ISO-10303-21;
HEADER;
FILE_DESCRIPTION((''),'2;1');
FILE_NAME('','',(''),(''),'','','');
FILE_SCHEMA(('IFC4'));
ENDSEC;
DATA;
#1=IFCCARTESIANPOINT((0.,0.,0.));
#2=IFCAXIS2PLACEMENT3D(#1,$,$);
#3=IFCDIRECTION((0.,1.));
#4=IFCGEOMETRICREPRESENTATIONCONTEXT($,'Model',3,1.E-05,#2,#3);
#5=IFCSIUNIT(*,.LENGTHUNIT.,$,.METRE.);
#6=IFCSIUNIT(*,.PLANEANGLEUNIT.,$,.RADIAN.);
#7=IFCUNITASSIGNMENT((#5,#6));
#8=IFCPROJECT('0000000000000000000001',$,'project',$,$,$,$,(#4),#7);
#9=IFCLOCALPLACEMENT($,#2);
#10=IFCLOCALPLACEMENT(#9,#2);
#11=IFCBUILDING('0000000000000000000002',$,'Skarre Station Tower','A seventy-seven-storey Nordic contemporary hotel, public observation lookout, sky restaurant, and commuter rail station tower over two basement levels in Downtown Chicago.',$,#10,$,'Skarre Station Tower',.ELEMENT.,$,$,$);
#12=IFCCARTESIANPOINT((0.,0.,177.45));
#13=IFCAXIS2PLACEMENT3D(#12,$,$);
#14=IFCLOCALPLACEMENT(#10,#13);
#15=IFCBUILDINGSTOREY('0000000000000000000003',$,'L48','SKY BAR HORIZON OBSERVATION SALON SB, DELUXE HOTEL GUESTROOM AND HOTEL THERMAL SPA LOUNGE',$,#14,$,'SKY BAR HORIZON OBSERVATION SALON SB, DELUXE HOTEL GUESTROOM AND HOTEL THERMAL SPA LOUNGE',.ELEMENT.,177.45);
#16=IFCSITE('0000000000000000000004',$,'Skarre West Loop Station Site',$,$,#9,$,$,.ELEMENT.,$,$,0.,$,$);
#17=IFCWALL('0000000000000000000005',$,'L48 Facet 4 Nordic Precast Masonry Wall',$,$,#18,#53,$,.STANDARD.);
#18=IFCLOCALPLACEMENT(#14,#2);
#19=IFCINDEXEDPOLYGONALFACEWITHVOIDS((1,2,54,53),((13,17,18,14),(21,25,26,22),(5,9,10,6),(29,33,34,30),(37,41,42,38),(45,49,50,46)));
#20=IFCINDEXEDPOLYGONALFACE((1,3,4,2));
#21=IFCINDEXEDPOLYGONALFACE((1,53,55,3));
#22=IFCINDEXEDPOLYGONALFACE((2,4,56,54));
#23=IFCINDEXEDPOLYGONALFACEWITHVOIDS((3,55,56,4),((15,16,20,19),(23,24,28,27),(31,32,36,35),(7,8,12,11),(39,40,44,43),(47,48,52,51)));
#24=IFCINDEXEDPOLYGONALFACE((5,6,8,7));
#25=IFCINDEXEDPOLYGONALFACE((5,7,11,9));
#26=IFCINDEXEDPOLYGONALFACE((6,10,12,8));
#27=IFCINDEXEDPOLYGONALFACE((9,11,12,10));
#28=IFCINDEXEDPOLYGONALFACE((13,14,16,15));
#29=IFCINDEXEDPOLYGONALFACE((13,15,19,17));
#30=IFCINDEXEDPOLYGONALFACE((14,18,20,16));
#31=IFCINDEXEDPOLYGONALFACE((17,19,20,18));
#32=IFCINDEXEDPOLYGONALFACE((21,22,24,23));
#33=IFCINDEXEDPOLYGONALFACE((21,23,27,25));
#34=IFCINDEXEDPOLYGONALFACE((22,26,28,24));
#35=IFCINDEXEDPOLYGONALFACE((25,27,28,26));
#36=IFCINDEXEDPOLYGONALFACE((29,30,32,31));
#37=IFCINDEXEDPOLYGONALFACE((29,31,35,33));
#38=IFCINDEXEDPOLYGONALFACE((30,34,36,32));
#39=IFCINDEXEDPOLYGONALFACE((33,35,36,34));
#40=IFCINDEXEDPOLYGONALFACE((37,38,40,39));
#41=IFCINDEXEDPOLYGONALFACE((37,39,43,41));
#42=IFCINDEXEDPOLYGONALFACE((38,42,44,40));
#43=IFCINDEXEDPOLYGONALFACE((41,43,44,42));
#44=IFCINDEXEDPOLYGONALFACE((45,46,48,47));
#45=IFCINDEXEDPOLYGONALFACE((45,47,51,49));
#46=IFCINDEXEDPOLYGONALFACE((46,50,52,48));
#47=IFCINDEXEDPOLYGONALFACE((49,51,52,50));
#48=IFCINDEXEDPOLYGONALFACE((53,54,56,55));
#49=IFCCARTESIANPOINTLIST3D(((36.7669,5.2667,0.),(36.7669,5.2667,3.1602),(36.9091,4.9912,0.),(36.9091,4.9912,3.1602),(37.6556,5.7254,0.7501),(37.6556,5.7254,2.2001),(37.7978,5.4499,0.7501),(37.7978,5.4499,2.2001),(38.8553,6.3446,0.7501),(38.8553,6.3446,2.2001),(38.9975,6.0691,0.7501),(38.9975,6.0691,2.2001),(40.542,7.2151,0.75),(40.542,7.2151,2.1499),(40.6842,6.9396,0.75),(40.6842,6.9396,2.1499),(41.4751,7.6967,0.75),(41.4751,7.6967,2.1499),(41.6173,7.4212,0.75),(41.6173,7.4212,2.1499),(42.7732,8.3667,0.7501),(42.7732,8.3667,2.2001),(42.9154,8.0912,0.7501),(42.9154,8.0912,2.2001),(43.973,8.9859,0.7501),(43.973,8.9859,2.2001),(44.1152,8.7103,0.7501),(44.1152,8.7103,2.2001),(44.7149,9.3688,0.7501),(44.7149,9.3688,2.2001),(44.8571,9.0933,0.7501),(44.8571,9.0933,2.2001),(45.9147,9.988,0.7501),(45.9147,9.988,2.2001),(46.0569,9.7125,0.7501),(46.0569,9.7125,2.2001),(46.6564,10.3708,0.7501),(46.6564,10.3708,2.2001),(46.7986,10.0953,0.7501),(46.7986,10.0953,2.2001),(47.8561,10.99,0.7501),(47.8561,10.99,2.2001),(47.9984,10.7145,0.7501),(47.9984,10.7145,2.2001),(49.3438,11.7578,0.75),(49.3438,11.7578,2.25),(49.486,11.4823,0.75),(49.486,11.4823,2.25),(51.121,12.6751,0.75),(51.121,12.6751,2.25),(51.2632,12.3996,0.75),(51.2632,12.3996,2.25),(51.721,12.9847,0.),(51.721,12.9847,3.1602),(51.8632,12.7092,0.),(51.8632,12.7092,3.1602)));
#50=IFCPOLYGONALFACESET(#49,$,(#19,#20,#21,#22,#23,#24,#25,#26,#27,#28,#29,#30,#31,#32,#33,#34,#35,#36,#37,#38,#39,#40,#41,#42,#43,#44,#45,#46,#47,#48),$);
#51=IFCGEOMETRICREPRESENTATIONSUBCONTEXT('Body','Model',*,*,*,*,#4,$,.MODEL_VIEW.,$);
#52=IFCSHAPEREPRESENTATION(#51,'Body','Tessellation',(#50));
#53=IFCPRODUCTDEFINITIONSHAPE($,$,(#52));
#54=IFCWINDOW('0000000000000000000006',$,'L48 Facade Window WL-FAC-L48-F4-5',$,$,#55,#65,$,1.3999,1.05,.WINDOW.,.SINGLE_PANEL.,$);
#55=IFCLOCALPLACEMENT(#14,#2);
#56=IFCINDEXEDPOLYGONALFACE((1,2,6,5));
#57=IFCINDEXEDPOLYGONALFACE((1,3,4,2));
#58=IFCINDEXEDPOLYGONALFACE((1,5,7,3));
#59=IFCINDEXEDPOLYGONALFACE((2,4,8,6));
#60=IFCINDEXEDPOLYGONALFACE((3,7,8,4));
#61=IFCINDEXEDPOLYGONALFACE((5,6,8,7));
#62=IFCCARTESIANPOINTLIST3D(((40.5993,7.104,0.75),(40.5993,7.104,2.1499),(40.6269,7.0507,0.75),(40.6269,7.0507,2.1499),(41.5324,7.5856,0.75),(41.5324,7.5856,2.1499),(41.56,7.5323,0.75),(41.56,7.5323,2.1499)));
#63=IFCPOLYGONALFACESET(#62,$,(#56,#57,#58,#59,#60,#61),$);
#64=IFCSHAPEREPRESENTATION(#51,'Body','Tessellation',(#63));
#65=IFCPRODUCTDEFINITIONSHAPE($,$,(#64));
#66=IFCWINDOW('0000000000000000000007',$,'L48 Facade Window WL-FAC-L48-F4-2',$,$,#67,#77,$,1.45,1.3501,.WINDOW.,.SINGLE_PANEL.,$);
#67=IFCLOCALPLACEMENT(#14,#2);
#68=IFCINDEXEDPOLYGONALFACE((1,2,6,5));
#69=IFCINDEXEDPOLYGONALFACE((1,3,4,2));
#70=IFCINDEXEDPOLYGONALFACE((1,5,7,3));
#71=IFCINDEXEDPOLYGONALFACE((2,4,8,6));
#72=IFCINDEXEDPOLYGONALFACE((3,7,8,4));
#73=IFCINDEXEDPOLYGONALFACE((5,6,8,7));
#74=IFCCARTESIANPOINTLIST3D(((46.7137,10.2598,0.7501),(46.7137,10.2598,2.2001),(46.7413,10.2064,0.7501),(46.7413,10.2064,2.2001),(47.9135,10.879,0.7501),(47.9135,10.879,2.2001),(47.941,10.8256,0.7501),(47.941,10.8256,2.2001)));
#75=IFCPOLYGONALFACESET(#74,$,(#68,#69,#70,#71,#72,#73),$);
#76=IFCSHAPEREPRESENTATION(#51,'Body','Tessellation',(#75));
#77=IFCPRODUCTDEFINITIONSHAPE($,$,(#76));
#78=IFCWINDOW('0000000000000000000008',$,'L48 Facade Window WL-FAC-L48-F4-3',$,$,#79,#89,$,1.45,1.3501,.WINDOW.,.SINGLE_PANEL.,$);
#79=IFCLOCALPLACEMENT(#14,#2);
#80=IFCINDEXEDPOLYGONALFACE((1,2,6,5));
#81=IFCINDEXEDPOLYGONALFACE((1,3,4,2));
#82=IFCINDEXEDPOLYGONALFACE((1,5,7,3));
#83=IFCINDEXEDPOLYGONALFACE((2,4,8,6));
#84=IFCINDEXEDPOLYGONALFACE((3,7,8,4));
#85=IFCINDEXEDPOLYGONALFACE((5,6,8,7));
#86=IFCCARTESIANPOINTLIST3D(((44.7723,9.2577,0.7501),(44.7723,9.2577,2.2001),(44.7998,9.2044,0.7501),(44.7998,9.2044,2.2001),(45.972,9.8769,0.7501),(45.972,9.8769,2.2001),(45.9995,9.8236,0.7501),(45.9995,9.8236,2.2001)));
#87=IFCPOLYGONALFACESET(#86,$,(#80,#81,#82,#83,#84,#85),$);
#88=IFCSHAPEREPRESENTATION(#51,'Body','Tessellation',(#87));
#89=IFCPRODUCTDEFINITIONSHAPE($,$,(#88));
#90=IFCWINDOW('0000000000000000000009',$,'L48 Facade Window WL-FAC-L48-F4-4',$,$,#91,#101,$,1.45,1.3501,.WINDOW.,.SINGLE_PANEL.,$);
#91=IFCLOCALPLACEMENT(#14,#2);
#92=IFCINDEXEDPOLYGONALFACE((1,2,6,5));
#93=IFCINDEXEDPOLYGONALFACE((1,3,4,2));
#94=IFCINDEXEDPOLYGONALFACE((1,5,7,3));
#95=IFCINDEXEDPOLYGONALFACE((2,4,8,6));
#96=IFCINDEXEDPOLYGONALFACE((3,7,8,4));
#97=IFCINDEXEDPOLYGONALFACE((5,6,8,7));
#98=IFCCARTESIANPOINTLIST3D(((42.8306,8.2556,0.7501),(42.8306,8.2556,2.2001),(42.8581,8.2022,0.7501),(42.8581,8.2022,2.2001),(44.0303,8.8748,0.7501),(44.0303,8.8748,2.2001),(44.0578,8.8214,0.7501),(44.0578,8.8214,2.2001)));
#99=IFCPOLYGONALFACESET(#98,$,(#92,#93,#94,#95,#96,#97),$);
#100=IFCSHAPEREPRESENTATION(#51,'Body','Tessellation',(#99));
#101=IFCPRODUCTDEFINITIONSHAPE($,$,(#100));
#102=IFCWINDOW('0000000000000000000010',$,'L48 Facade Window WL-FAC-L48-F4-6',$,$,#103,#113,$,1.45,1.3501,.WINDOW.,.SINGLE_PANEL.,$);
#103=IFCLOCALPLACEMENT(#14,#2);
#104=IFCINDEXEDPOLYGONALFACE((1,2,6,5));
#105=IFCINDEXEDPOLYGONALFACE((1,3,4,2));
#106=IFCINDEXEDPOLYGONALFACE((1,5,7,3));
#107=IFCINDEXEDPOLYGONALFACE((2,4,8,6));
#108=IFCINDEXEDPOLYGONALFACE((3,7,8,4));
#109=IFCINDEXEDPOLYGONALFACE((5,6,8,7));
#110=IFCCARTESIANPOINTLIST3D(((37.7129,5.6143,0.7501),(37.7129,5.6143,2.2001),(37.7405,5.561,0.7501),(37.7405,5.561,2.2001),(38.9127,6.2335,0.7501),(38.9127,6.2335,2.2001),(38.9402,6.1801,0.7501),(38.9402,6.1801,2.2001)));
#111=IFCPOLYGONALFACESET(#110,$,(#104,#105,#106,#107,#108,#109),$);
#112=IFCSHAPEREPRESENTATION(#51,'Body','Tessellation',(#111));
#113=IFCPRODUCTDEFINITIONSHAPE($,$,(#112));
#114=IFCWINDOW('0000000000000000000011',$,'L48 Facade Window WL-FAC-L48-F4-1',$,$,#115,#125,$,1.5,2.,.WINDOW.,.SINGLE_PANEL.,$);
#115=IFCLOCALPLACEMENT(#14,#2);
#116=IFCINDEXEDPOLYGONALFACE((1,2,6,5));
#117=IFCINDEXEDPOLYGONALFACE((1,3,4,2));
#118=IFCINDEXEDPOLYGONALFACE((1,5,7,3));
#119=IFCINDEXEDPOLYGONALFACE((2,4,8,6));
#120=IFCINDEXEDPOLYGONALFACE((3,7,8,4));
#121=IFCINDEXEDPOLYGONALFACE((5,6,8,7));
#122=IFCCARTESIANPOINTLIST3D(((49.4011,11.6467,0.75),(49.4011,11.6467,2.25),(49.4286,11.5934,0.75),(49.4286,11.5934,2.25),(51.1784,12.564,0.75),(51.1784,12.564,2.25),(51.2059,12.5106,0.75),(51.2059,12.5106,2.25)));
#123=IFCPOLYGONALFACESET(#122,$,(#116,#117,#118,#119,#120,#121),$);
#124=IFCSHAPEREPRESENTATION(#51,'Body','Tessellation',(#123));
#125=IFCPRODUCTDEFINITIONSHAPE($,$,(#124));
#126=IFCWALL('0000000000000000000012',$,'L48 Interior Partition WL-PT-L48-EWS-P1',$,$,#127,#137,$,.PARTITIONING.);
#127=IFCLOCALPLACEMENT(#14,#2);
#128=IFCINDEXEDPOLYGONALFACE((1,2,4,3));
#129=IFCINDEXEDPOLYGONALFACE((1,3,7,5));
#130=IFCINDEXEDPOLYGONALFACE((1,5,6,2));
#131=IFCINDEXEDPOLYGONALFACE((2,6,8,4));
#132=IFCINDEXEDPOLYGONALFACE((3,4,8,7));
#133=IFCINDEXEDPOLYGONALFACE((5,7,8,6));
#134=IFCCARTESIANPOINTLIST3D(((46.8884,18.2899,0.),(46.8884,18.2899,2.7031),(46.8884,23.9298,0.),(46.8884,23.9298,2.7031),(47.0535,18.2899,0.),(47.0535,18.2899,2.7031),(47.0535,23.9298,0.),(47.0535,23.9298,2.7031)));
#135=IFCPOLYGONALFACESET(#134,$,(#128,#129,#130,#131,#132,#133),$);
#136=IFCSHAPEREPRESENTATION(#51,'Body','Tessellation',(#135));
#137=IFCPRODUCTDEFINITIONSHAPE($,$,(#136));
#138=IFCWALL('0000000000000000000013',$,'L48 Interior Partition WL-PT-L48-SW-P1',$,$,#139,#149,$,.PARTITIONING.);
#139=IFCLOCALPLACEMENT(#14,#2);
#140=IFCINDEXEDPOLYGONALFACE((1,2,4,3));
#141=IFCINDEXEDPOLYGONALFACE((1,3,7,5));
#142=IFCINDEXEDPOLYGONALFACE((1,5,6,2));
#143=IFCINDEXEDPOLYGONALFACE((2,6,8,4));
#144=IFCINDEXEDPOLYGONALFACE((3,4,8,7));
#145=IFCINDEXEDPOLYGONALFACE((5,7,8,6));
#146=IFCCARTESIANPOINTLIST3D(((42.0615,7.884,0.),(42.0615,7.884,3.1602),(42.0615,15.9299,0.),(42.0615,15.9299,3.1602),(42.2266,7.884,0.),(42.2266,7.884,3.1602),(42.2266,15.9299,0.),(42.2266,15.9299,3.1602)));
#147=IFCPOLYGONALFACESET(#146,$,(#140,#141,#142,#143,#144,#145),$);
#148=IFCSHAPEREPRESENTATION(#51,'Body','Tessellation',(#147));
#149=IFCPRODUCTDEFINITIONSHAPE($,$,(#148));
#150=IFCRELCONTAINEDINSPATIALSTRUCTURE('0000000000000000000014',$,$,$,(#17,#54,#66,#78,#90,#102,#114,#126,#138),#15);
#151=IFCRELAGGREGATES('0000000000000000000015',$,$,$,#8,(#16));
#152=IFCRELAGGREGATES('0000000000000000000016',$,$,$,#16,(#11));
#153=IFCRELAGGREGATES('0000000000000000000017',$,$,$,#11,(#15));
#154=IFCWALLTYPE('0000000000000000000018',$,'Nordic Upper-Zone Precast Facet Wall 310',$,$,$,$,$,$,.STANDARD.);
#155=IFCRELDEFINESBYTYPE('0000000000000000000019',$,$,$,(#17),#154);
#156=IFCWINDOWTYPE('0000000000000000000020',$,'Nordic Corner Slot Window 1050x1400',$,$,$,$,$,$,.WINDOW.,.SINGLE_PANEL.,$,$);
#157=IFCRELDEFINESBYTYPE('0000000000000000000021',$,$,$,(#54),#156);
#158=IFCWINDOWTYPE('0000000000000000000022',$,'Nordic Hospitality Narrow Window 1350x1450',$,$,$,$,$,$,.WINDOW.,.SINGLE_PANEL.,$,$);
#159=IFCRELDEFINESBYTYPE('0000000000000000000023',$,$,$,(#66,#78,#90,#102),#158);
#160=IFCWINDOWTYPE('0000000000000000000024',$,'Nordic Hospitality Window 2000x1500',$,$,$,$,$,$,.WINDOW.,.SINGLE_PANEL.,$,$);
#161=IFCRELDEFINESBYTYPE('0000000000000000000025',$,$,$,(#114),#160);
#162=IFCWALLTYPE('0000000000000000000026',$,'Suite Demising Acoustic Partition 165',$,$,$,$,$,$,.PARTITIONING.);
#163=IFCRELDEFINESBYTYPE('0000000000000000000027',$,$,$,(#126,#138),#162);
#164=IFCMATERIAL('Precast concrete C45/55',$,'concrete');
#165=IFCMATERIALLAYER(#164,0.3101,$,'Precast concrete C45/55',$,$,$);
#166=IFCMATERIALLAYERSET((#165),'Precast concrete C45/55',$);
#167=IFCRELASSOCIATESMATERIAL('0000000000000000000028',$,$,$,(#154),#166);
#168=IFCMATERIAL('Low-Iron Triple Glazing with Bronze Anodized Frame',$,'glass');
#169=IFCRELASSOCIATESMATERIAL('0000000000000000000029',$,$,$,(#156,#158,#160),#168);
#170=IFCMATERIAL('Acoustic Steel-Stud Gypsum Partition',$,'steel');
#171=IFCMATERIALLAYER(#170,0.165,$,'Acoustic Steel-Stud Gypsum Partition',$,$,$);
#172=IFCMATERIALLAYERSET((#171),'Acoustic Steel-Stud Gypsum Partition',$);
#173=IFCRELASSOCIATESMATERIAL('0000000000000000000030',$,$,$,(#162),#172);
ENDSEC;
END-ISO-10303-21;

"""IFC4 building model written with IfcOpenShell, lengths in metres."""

from ifc_helpers import new_model, si_unit, direction, frame, frame_2d, origin, place, context, subcontext, project, spatial, rectangle, extrude, material, layer, layer_set, type_object, element, fill, save


model = new_model("IFC4")

# Units and contexts
model_context = context("Model", 3, precision=1e-05, world=origin(), true_north=direction((0.0, 1.0)))
body_context = subcontext(model_context, "Body", "Model", "MODEL_VIEW")
ifc_project = project(units=[si_unit("LENGTHUNIT", "METRE"), si_unit("PLANEANGLEUNIT", "RADIAN")], contexts=[model_context])

# Site, building, storey
site_placement = place(None, origin())
site = spatial("IfcSite", under=ifc_project, at=site_placement, Name="Skarre West Loop Station Site", CompositionType="ELEMENT", RefElevation=0.0)
building_placement = place(site_placement, origin())
building = spatial("IfcBuilding", under=site, at=building_placement, Name="Skarre Station Tower", Description="A seventy-seven-storey Nordic contemporary hotel, public observation lookout, sky restaurant, and commuter rail station tower over two basement levels in Downtown Chicago.", LongName="Skarre Station Tower", CompositionType="ELEMENT")
storey_placement = place(building_placement, frame((0.0, 0.0, 177.45)))
storey = spatial("IfcBuildingStorey", under=building, at=storey_placement, Name="L48", Description="SKY BAR HORIZON OBSERVATION SALON SB, DELUXE HOTEL GUESTROOM AND HOTEL THERMAL SPA LOUNGE", LongName="SKY BAR HORIZON OBSERVATION SALON SB, DELUXE HOTEL GUESTROOM AND HOTEL THERMAL SPA LOUNGE", CompositionType="ELEMENT", Elevation=177.45)

# Shared definitions
ifc_material_1 = material(Name="Acoustic Steel-Stud Gypsum Partition", Category="steel")

# Shared definitions
ifc_material_2 = material(Name="Precast concrete C45/55", Category="concrete")

# Wall, openings, windows
ifc_layer_1 = layer(ifc_material_2, 0.3101, Name="Precast concrete C45/55")
ifc_layer_set_1 = layer_set([ifc_layer_1], Name="Precast concrete C45/55")
wall_type_1 = type_object("IfcWallType", Name="Nordic Upper-Zone Precast Facet Wall 310", PredefinedType="STANDARD", material=ifc_layer_set_1)
wall_1_placement = place(storey_placement, frame((51.792, 12.8469, 0.0), z_axis=(0.0, 0.0, 1.0), x_axis=(-0.888626, -0.458632, 0.0)))
wall_1 = element("IfcWall", 1, at=wall_1_placement, inside=storey, type_object=wall_type_1, Name="L48 Facet 4 Nordic Precast Masonry Wall", PredefinedType="STANDARD", context=body_context, shape_type="SweptSolid", body=[
    extrude(rectangle(XDim=16.8284, YDim=0.3101, at=frame_2d((8.4141, 0.0))), origin(), (0.0, 0.0, 1.0), 3.1602),
])
opening_1_placement = place(wall_1_placement, frame((0.675, 0.0, 0.75)))
opening_1 = element("IfcOpeningElement", 2, at=opening_1_placement, cuts=wall_1, PredefinedType="OPENING", context=body_context, shape_type="SweptSolid", body=[
    extrude(rectangle(XDim=2.0, YDim=1.5, at=frame_2d((1.0, 0.75))), frame((0.0, 0.165, 0.0), z_axis=(0.0, -1.0, 0.0), x_axis=(1.0, 0.0, 0.0)), (0.0, 0.0, 1.0), 0.3301),
])
opening_2_placement = place(wall_1_placement, frame((4.3491, 0.0, 0.75)))
opening_2 = element("IfcOpeningElement", 3, at=opening_2_placement, cuts=wall_1, PredefinedType="OPENING", context=body_context, shape_type="SweptSolid", body=[
    extrude(rectangle(XDim=1.3501, YDim=1.45, at=frame_2d((0.675, 0.7251))), frame((0.0, 0.165, 0.0), z_axis=(0.0, -1.0, 0.0), x_axis=(1.0, 0.0, 0.0)), (0.0, 0.0, 1.0), 0.3301),
])
opening_3_placement = place(wall_1_placement, frame((6.5339, 0.0, 0.75)))
opening_3 = element("IfcOpeningElement", 4, at=opening_3_placement, cuts=wall_1, PredefinedType="OPENING", context=body_context, shape_type="SweptSolid", body=[
    extrude(rectangle(XDim=1.3501, YDim=1.45, at=frame_2d((0.675, 0.7251))), frame((0.0, 0.165, 0.0), z_axis=(0.0, -1.0, 0.0), x_axis=(1.0, 0.0, 0.0)), (0.0, 0.0, 1.0), 0.3301),
])
opening_4_placement = place(wall_1_placement, frame((8.719, 0.0, 0.75)))
opening_4 = element("IfcOpeningElement", 5, at=opening_4_placement, cuts=wall_1, PredefinedType="OPENING", context=body_context, shape_type="SweptSolid", body=[
    extrude(rectangle(XDim=1.3501, YDim=1.45, at=frame_2d((0.675, 0.7251))), frame((0.0, 0.165, 0.0), z_axis=(0.0, -1.0, 0.0), x_axis=(1.0, 0.0, 0.0)), (0.0, 0.0, 1.0), 0.3301),
])
opening_5_placement = place(wall_1_placement, frame((11.53, 0.0, 0.75)))
opening_5 = element("IfcOpeningElement", 6, at=opening_5_placement, cuts=wall_1, PredefinedType="OPENING", context=body_context, shape_type="SweptSolid", body=[
    extrude(rectangle(XDim=1.05, YDim=1.3999, at=frame_2d((0.5249, 0.7))), frame((0.0, 0.165, 0.0), z_axis=(0.0, -1.0, 0.0), x_axis=(1.0, 0.0, 0.0)), (0.0, 0.0, 1.0), 0.3301),
])
opening_6_placement = place(wall_1_placement, frame((14.478, 0.0, 0.75)))
opening_6 = element("IfcOpeningElement", 7, at=opening_6_placement, cuts=wall_1, PredefinedType="OPENING", context=body_context, shape_type="SweptSolid", body=[
    extrude(rectangle(XDim=1.3501, YDim=1.45, at=frame_2d((0.675, 0.7251))), frame((0.0, 0.165, 0.0), z_axis=(0.0, -1.0, 0.0), x_axis=(1.0, 0.0, 0.0)), (0.0, 0.0, 1.0), 0.3301),
])
ifc_material_3 = material(Name="Low-Iron Triple Glazing with Bronze Anodized Frame", Category="glass")
window_type_1 = type_object("IfcWindowType", Name="Nordic Corner Slot Window 1050x1400", PartitioningType="SINGLE_PANEL", PredefinedType="WINDOW", material=ifc_material_3)
window_1_placement = place(opening_5_placement, origin())
window_1 = element("IfcWindow", 8, at=window_1_placement, inside=storey, type_object=window_type_1, Name="L48 Facade Window WL-FAC-L48-F4-5", OverallHeight=1.3999, OverallWidth=1.05, PartitioningType="SINGLE_PANEL", PredefinedType="WINDOW", context=body_context, shape_type="SweptSolid", body=[
    extrude(rectangle(XDim=1.05, YDim=1.3999, at=frame_2d((0.5249, 0.7))), frame((0.0, 0.03, 0.0), z_axis=(0.0, -1.0, 0.0), x_axis=(1.0, 0.0, 0.0)), (0.0, 0.0, 1.0), 0.0601),
])
fill(opening_5, window_1)
window_type_2 = type_object("IfcWindowType", Name="Nordic Hospitality Narrow Window 1350x1450", PartitioningType="SINGLE_PANEL", PredefinedType="WINDOW", material=ifc_material_3)
window_2_placement = place(opening_2_placement, origin())
window_2 = element("IfcWindow", 9, at=window_2_placement, inside=storey, type_object=window_type_2, Name="L48 Facade Window WL-FAC-L48-F4-2", OverallHeight=1.45, OverallWidth=1.3501, PartitioningType="SINGLE_PANEL", PredefinedType="WINDOW", context=body_context, shape_type="SweptSolid", body=[
    extrude(rectangle(XDim=1.3501, YDim=1.45, at=frame_2d((0.675, 0.7251))), frame((0.0, 0.03, 0.0), z_axis=(0.0, -1.0, 0.0), x_axis=(1.0, 0.0, 0.0)), (0.0, 0.0, 1.0), 0.0601),
])
fill(opening_2, window_2)
window_3_placement = place(opening_3_placement, origin())
window_3 = element("IfcWindow", 10, at=window_3_placement, inside=storey, type_object=window_type_2, Name="L48 Facade Window WL-FAC-L48-F4-3", OverallHeight=1.45, OverallWidth=1.3501, PartitioningType="SINGLE_PANEL", PredefinedType="WINDOW", context=body_context, shape_type="SweptSolid", body=[
    extrude(rectangle(XDim=1.3501, YDim=1.45, at=frame_2d((0.675, 0.7251))), frame((0.0, 0.03, 0.0), z_axis=(0.0, -1.0, 0.0), x_axis=(1.0, 0.0, 0.0)), (0.0, 0.0, 1.0), 0.0601),
])
fill(opening_3, window_3)
window_4_placement = place(opening_4_placement, origin())
window_4 = element("IfcWindow", 11, at=window_4_placement, inside=storey, type_object=window_type_2, Name="L48 Facade Window WL-FAC-L48-F4-4", OverallHeight=1.45, OverallWidth=1.3501, PartitioningType="SINGLE_PANEL", PredefinedType="WINDOW", context=body_context, shape_type="SweptSolid", body=[
    extrude(rectangle(XDim=1.3501, YDim=1.45, at=frame_2d((0.675, 0.7251))), frame((0.0, 0.03, 0.0), z_axis=(0.0, -1.0, 0.0), x_axis=(1.0, 0.0, 0.0)), (0.0, 0.0, 1.0), 0.0601),
])
fill(opening_4, window_4)
window_5_placement = place(opening_6_placement, origin())
window_5 = element("IfcWindow", 12, at=window_5_placement, inside=storey, type_object=window_type_2, Name="L48 Facade Window WL-FAC-L48-F4-6", OverallHeight=1.45, OverallWidth=1.3501, PartitioningType="SINGLE_PANEL", PredefinedType="WINDOW", context=body_context, shape_type="SweptSolid", body=[
    extrude(rectangle(XDim=1.3501, YDim=1.45, at=frame_2d((0.675, 0.7251))), frame((0.0, 0.03, 0.0), z_axis=(0.0, -1.0, 0.0), x_axis=(1.0, 0.0, 0.0)), (0.0, 0.0, 1.0), 0.0601),
])
fill(opening_6, window_5)
window_type_3 = type_object("IfcWindowType", Name="Nordic Hospitality Window 2000x1500", PartitioningType="SINGLE_PANEL", PredefinedType="WINDOW", material=ifc_material_3)
window_6_placement = place(opening_1_placement, origin())
window_6 = element("IfcWindow", 13, at=window_6_placement, inside=storey, type_object=window_type_3, Name="L48 Facade Window WL-FAC-L48-F4-1", OverallHeight=1.5, OverallWidth=2.0, PartitioningType="SINGLE_PANEL", PredefinedType="WINDOW", context=body_context, shape_type="SweptSolid", body=[
    extrude(rectangle(XDim=2.0, YDim=1.5, at=frame_2d((1.0, 0.75))), frame((0.0, 0.03, 0.0), z_axis=(0.0, -1.0, 0.0), x_axis=(1.0, 0.0, 0.0)), (0.0, 0.0, 1.0), 0.0601),
])
fill(opening_1, window_6)

# Walls
ifc_layer_2 = layer(ifc_material_1, 0.165, Name="Acoustic Steel-Stud Gypsum Partition")
ifc_layer_set_2 = layer_set([ifc_layer_2], Name="Acoustic Steel-Stud Gypsum Partition")
wall_type_2 = type_object("IfcWallType", Name="Suite Demising Acoustic Partition 165", PredefinedType="PARTITIONING", material=ifc_layer_set_2)
wall_2_placement = place(storey_placement, frame((46.9709, 18.29, 0.0), z_axis=(0.0, 0.0, 1.0), x_axis=(0.0, 1.0, 0.0)))
element("IfcWall", 14, at=wall_2_placement, inside=storey, type_object=wall_type_2, Name="L48 Interior Partition WL-PT-L48-EWS-P1", PredefinedType="PARTITIONING", context=body_context, shape_type="SweptSolid", body=[
    extrude(rectangle(XDim=5.6399, YDim=0.165, at=frame_2d((2.8198, 0.0))), origin(), (0.0, 0.0, 1.0), 2.7031),
])
wall_3_placement = place(storey_placement, frame((42.144, 7.884, 0.0), z_axis=(0.0, 0.0, 1.0), x_axis=(0.0, 1.0, 0.0)))
element("IfcWall", 15, at=wall_3_placement, inside=storey, type_object=wall_type_2, Name="L48 Interior Partition WL-PT-L48-SW-P1", PredefinedType="PARTITIONING", context=body_context, shape_type="SweptSolid", body=[
    extrude(rectangle(XDim=8.0459, YDim=0.165, at=frame_2d((4.0229, 0.0))), origin(), (0.0, 0.0, 1.0), 3.1602),
])

save(model, "model.ifc")
